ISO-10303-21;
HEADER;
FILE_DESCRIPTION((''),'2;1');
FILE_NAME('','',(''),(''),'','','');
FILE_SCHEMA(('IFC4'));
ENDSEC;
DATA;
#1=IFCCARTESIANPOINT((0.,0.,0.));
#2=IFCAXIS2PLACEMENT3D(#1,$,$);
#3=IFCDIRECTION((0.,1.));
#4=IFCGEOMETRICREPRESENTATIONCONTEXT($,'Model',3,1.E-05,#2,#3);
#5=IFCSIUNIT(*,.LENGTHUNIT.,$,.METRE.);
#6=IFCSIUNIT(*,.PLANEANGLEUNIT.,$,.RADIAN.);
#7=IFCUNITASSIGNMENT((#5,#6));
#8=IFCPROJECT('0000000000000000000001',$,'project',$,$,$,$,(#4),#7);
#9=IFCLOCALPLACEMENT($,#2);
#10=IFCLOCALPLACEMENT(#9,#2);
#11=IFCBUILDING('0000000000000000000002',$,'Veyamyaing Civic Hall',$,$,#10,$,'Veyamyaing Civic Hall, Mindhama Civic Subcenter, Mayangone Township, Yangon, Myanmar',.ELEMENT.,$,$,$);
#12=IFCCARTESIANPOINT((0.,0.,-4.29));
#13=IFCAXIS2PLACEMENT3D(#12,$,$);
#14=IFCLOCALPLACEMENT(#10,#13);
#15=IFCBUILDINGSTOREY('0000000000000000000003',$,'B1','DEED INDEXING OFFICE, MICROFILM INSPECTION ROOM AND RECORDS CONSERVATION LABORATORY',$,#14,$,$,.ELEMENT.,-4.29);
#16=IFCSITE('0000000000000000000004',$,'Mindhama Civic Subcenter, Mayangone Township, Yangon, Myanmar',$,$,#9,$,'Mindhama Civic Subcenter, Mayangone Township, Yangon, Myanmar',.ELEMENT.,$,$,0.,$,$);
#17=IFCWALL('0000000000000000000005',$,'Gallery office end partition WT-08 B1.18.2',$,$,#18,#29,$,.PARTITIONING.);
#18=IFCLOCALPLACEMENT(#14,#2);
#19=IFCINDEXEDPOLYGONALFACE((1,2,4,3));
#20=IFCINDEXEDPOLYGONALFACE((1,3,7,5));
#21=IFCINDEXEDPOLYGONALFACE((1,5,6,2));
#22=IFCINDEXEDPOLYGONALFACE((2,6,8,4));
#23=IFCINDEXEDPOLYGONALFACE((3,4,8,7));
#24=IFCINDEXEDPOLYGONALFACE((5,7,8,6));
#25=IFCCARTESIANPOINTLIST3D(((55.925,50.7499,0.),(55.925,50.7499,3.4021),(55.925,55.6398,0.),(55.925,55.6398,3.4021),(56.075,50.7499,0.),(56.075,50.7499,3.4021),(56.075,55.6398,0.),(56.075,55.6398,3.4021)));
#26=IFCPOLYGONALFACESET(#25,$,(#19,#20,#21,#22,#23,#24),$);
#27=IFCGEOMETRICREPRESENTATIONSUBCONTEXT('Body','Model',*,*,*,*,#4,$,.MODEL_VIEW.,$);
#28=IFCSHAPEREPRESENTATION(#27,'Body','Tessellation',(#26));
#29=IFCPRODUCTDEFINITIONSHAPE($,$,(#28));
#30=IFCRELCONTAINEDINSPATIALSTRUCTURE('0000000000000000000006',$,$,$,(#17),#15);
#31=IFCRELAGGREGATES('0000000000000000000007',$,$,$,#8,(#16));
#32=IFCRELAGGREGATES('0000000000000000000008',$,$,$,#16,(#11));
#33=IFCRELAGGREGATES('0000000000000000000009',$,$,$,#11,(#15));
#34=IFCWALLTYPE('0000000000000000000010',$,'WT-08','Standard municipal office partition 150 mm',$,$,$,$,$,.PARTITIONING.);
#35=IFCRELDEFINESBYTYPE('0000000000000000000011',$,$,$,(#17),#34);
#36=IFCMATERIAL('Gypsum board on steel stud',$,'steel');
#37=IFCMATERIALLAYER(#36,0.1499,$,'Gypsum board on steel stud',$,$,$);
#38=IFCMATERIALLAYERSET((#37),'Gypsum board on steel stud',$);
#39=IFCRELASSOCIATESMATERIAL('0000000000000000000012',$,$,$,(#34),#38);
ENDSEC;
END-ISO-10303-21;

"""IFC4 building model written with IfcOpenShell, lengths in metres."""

from ifc_helpers import new_model, si_unit, direction, frame, frame_2d, origin, place, context, subcontext, project, spatial, rectangle, extrude, material, layer, layer_set, type_object, element, save


model = new_model("IFC4")

# Units and contexts
model_context = context("Model", 3, precision=1e-05, world=origin(), true_north=direction((0.0, 1.0)))
body_context = subcontext(model_context, "Body", "Model", "MODEL_VIEW")
ifc_project = project(units=[si_unit("LENGTHUNIT", "METRE"), si_unit("PLANEANGLEUNIT", "RADIAN")], contexts=[model_context])

# Site, building, storey
site_placement = place(None, origin())
site = spatial("IfcSite", under=ifc_project, at=site_placement, Name="Mindhama Civic Subcenter, Mayangone Township, Yangon, Myanmar", LongName="Mindhama Civic Subcenter, Mayangone Township, Yangon, Myanmar", CompositionType="ELEMENT", RefElevation=0.0)
building_placement = place(site_placement, origin())
building = spatial("IfcBuilding", under=site, at=building_placement, Name="Veyamyaing Civic Hall", LongName="Veyamyaing Civic Hall, Mindhama Civic Subcenter, Mayangone Township, Yangon, Myanmar", CompositionType="ELEMENT")
storey_placement = place(building_placement, frame((0.0, 0.0, -4.29)))
storey = spatial("IfcBuildingStorey", under=building, at=storey_placement, Name="B1", Description="DEED INDEXING OFFICE, MICROFILM INSPECTION ROOM AND RECORDS CONSERVATION LABORATORY", CompositionType="ELEMENT", Elevation=-4.29)

# Wall
ifc_material_1 = material(Name="Gypsum board on steel stud", Category="steel")
ifc_layer_1 = layer(ifc_material_1, 0.1499, Name="Gypsum board on steel stud")
ifc_layer_set_1 = layer_set([ifc_layer_1], Name="Gypsum board on steel stud")
wall_type_1 = type_object("IfcWallType", Name="WT-08", Description="Standard municipal office partition 150 mm", PredefinedType="PARTITIONING", material=ifc_layer_set_1)
wall_1_placement = place(storey_placement, frame((56.0, 50.75, 0.0), z_axis=(0.0, 0.0, 1.0), x_axis=(0.0, 1.0, 0.0)))
element("IfcWall", 1, at=wall_1_placement, inside=storey, type_object=wall_type_1, Name="Gallery office end partition WT-08 B1.18.2", PredefinedType="PARTITIONING", context=body_context, shape_type="SweptSolid", body=[
    extrude(rectangle(XDim=4.8899, YDim=0.1499, at=frame_2d((2.4448, 0.0))), origin(), (0.0, 0.0, 1.0), 3.4021),
])

save(model, "model.ifc")
